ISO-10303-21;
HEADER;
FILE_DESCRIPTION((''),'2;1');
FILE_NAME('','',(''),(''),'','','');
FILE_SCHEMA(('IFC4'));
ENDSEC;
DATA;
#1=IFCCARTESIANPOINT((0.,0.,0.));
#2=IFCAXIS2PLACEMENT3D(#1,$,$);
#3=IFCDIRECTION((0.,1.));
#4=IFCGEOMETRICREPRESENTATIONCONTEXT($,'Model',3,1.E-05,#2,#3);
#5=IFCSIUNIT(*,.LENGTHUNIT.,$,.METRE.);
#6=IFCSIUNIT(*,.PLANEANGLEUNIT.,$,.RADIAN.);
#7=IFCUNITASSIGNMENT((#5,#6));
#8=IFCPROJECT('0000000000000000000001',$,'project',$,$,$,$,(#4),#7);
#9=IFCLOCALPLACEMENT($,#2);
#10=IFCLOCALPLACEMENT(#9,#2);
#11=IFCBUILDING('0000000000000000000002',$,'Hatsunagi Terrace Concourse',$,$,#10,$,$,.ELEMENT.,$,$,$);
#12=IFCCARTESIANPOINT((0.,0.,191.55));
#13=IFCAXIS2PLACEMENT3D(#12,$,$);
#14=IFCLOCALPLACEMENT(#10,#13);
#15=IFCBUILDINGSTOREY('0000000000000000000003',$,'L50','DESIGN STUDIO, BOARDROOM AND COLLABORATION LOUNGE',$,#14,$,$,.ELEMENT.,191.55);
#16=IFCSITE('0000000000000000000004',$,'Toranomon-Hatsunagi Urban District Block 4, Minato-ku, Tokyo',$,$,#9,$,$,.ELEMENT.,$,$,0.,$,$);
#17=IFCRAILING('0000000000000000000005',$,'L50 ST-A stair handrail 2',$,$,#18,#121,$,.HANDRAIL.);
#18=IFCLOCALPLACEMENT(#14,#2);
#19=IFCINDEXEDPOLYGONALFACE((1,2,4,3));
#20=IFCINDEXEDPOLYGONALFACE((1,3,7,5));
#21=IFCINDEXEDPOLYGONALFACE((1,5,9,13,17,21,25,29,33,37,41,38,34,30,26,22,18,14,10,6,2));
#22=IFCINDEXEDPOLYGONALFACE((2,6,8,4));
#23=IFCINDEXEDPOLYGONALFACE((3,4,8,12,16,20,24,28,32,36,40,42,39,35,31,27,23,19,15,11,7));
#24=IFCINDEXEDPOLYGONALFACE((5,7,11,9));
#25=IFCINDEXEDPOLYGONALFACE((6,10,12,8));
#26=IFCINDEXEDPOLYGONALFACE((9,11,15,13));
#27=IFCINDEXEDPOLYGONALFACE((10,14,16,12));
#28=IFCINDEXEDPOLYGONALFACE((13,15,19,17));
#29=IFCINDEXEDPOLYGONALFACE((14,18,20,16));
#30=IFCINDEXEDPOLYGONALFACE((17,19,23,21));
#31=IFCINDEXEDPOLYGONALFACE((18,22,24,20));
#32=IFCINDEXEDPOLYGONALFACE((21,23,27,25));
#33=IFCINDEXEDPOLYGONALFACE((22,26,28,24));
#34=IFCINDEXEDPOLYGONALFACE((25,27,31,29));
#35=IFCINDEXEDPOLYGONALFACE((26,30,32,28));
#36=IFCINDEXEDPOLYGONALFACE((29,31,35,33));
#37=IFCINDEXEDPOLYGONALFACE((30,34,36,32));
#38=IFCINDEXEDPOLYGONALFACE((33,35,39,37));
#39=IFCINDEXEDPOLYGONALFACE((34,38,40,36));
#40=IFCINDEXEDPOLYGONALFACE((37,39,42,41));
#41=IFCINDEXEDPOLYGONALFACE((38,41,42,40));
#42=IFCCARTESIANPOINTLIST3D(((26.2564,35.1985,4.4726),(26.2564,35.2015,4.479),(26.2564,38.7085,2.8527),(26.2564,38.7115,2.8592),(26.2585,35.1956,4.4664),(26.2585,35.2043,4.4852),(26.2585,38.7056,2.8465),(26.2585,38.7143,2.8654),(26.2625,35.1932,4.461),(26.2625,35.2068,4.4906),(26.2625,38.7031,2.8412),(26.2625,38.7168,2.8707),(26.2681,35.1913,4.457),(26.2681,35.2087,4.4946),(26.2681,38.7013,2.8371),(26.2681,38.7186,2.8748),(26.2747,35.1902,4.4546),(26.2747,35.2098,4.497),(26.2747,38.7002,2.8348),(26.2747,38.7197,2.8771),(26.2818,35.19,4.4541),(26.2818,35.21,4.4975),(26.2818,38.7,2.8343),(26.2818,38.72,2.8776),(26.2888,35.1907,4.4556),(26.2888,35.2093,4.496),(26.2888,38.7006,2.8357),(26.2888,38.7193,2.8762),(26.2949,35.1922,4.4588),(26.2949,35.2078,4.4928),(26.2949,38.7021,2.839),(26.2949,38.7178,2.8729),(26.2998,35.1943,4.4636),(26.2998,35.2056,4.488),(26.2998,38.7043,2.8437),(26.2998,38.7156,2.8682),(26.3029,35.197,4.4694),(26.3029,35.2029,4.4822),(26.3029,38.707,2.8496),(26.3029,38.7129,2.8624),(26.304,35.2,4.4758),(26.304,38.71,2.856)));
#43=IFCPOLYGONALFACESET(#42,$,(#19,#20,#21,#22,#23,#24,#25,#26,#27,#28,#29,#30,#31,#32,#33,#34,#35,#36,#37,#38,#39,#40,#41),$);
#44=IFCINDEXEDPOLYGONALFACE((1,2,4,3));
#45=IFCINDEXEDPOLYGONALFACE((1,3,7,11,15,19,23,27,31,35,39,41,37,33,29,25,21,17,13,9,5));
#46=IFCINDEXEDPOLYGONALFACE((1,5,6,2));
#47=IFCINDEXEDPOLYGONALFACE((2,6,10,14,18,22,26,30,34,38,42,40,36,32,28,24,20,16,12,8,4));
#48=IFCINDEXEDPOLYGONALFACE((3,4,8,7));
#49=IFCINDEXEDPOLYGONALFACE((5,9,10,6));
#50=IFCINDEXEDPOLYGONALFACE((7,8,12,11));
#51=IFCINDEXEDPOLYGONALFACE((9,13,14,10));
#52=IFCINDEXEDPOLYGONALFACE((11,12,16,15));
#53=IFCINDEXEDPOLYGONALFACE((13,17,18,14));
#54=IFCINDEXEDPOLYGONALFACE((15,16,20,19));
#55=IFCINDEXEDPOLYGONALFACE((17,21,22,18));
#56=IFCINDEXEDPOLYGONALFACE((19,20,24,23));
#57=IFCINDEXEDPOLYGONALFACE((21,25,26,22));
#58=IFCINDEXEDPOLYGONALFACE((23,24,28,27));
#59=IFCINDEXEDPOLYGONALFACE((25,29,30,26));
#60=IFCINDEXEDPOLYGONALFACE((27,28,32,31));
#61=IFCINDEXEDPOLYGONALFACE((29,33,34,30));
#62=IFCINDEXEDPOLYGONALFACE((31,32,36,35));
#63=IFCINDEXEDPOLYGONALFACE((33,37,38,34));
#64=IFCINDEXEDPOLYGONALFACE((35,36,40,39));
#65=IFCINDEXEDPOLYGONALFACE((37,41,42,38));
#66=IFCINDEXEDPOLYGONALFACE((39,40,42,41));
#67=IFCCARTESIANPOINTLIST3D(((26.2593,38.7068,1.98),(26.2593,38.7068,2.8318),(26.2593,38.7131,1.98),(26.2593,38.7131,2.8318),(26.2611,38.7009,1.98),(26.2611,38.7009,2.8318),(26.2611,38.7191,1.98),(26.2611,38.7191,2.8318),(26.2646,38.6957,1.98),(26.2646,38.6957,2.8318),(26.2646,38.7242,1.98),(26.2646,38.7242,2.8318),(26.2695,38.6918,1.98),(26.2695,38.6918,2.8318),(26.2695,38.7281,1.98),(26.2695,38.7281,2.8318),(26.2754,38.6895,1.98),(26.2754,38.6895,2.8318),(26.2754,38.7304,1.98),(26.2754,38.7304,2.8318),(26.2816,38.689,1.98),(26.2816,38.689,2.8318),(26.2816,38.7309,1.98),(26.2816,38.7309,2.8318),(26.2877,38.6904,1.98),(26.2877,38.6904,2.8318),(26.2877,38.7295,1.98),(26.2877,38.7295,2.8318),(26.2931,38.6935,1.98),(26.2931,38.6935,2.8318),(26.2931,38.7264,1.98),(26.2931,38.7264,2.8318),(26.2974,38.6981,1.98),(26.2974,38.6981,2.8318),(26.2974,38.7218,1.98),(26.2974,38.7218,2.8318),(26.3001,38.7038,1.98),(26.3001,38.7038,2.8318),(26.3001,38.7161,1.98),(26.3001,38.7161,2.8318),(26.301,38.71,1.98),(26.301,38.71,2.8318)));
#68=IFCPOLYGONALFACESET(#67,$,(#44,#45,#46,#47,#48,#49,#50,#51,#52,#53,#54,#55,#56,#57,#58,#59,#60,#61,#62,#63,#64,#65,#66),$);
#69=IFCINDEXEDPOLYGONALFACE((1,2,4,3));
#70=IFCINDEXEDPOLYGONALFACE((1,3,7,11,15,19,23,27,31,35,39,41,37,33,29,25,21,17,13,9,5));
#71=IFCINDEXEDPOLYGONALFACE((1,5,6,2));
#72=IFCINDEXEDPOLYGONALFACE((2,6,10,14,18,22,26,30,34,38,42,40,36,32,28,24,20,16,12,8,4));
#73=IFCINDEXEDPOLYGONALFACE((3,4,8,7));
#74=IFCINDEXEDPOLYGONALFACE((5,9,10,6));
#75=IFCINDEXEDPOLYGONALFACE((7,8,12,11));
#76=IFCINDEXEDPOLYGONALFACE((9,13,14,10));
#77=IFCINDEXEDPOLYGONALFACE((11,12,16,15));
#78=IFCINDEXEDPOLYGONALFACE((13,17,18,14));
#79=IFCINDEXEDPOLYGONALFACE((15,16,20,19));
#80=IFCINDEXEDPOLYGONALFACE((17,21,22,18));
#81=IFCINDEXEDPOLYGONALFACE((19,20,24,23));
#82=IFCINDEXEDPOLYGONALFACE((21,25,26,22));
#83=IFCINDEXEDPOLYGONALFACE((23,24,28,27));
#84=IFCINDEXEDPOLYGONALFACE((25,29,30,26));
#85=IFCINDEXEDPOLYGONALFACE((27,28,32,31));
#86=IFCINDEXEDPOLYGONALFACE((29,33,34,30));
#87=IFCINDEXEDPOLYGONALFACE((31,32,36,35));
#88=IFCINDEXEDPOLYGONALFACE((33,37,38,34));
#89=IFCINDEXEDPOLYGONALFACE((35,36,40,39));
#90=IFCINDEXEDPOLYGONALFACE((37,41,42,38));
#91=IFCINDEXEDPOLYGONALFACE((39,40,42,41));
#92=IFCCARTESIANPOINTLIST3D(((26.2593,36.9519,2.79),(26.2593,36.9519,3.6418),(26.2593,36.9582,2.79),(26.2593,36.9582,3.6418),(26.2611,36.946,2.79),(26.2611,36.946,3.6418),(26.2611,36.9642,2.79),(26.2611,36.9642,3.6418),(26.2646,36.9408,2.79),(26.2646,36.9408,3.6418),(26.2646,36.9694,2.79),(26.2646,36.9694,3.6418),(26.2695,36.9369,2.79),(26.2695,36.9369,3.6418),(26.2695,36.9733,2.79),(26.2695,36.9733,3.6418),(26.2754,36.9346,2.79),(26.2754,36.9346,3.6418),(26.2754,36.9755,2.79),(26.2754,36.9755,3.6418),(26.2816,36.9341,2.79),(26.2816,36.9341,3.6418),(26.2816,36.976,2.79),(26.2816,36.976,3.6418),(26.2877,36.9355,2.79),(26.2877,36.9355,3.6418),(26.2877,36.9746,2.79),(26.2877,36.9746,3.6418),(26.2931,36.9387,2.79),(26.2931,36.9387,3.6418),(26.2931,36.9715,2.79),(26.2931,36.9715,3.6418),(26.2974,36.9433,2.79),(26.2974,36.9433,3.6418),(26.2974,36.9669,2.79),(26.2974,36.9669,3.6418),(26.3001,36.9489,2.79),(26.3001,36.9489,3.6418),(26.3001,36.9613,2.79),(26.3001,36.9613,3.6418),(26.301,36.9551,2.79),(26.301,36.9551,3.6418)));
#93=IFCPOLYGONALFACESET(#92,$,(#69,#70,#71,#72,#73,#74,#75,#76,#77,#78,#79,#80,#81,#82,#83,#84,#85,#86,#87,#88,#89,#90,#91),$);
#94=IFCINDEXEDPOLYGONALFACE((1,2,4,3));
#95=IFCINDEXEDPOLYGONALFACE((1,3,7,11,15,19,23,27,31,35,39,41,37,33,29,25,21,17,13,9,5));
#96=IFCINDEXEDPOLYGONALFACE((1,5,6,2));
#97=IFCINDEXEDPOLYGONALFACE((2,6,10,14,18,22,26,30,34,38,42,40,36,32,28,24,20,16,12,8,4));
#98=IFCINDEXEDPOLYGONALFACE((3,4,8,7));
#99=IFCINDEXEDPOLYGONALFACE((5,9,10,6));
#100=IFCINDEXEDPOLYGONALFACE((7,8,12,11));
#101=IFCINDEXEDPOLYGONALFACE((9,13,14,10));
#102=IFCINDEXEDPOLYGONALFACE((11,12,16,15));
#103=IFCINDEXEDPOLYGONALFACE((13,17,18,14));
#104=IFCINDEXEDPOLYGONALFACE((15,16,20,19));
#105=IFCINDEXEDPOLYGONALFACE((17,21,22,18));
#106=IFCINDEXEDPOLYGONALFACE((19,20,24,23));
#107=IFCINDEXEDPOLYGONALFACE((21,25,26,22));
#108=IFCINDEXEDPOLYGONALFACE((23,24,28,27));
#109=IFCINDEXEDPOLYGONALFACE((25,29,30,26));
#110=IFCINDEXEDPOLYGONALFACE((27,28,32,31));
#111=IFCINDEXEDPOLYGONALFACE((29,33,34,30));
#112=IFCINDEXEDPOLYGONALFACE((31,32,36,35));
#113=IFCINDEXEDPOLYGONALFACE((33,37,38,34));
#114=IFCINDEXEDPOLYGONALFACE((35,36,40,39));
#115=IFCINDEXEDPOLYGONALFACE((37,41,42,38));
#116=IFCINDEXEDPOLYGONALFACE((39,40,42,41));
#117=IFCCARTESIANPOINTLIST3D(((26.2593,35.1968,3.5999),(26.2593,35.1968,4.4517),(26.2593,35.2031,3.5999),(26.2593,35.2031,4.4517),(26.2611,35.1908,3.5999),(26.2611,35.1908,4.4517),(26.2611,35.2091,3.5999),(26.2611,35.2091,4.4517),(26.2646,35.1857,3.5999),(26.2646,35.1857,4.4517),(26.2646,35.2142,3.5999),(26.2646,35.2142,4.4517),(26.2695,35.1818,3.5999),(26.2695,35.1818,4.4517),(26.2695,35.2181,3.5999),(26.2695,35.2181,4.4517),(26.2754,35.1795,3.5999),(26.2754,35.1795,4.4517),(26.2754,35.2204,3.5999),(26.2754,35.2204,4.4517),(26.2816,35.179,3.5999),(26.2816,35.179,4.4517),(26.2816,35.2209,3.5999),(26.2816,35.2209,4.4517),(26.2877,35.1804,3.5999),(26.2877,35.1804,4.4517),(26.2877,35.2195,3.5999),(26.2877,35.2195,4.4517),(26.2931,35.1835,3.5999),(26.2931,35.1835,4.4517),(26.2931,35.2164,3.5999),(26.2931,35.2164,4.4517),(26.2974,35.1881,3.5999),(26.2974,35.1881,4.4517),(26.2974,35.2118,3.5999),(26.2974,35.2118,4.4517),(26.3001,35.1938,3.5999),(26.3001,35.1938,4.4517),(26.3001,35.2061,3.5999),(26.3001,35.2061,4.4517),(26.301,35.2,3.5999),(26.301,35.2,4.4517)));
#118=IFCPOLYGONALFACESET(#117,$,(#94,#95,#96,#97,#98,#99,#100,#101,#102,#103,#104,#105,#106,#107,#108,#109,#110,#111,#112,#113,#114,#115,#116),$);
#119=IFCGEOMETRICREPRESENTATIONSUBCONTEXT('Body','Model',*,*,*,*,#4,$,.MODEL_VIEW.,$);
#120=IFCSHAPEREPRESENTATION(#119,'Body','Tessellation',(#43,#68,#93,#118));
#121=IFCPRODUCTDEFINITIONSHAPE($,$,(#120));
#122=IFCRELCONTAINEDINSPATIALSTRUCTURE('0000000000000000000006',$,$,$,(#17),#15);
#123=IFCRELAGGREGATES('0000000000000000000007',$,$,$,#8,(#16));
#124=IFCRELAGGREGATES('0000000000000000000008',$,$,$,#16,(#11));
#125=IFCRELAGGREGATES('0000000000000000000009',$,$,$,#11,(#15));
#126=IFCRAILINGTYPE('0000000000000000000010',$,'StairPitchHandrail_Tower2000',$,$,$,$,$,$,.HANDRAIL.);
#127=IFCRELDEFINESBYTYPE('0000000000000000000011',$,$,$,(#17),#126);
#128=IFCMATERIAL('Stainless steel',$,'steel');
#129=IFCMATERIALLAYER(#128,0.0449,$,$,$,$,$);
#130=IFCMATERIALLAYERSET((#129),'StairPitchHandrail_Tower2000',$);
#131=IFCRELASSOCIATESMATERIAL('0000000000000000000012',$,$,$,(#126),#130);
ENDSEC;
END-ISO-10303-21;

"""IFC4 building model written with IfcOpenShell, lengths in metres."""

from ifc_helpers import new_model, si_unit, direction, frame, origin, origin_2d, place, context, subcontext, project, spatial, circle, extrude, material, layer, layer_set, type_object, element, save


model = new_model("IFC4")

# Units and contexts
model_context = context("Model", 3, precision=1e-05, world=origin(), true_north=direction((0.0, 1.0)))
body_context = subcontext(model_context, "Body", "Model", "MODEL_VIEW")
ifc_project = project(units=[si_unit("LENGTHUNIT", "METRE"), si_unit("PLANEANGLEUNIT", "RADIAN")], contexts=[model_context])

# Site, building, storey
site_placement = place(None, origin())
site = spatial("IfcSite", under=ifc_project, at=site_placement, Name="Toranomon-Hatsunagi Urban District Block 4, Minato-ku, Tokyo", CompositionType="ELEMENT", RefElevation=0.0)
building_placement = place(site_placement, origin())
building = spatial("IfcBuilding", under=site, at=building_placement, Name="Hatsunagi Terrace Concourse", CompositionType="ELEMENT")
storey_placement = place(building_placement, frame((0.0, 0.0, 191.55)))
storey = spatial("IfcBuildingStorey", under=building, at=storey_placement, Name="L50", Description="DESIGN STUDIO, BOARDROOM AND COLLABORATION LOUNGE", CompositionType="ELEMENT", Elevation=191.55)

# Railing
ifc_material_1 = material(Name="Stainless steel", Category="steel")
ifc_layer_1 = layer(ifc_material_1, 0.0449)
ifc_layer_set_1 = layer_set([ifc_layer_1], Name="StairPitchHandrail_Tower2000")
railing_type_1 = type_object("IfcRailingType", Name="StairPitchHandrail_Tower2000", PredefinedType="HANDRAIL", material=ifc_layer_set_1)
railing_1_placement = place(storey_placement, frame((26.28, 38.71, 1.98)))
element("IfcRailing", 1, at=railing_1_placement, inside=storey, type_object=railing_type_1, Name="L50 ST-A stair handrail 2", PredefinedType="HANDRAIL", context=body_context, shape_type="SweptSolid", body=[
    extrude(circle(Radius=0.0239, at=origin_2d()), frame((0.0, 0.0, 0.876), z_axis=(0.0, -0.907972, 0.41903), x_axis=(1.0, 0.0, 0.0)), (0.0, 0.0, 1.0), 3.8657),
    extrude(circle(Radius=0.021, at=origin_2d()), origin(), (0.0, 0.0, 1.0), 0.8518),
    extrude(circle(Radius=0.021, at=origin_2d()), frame((0.0, -1.7549, 0.8101)), (0.0, 0.0, 1.0), 0.8518),
    extrude(circle(Radius=0.021, at=origin_2d()), frame((0.0, -3.51, 1.6199)), (0.0, 0.0, 1.0), 0.8518),
])

save(model, "model.ifc")
